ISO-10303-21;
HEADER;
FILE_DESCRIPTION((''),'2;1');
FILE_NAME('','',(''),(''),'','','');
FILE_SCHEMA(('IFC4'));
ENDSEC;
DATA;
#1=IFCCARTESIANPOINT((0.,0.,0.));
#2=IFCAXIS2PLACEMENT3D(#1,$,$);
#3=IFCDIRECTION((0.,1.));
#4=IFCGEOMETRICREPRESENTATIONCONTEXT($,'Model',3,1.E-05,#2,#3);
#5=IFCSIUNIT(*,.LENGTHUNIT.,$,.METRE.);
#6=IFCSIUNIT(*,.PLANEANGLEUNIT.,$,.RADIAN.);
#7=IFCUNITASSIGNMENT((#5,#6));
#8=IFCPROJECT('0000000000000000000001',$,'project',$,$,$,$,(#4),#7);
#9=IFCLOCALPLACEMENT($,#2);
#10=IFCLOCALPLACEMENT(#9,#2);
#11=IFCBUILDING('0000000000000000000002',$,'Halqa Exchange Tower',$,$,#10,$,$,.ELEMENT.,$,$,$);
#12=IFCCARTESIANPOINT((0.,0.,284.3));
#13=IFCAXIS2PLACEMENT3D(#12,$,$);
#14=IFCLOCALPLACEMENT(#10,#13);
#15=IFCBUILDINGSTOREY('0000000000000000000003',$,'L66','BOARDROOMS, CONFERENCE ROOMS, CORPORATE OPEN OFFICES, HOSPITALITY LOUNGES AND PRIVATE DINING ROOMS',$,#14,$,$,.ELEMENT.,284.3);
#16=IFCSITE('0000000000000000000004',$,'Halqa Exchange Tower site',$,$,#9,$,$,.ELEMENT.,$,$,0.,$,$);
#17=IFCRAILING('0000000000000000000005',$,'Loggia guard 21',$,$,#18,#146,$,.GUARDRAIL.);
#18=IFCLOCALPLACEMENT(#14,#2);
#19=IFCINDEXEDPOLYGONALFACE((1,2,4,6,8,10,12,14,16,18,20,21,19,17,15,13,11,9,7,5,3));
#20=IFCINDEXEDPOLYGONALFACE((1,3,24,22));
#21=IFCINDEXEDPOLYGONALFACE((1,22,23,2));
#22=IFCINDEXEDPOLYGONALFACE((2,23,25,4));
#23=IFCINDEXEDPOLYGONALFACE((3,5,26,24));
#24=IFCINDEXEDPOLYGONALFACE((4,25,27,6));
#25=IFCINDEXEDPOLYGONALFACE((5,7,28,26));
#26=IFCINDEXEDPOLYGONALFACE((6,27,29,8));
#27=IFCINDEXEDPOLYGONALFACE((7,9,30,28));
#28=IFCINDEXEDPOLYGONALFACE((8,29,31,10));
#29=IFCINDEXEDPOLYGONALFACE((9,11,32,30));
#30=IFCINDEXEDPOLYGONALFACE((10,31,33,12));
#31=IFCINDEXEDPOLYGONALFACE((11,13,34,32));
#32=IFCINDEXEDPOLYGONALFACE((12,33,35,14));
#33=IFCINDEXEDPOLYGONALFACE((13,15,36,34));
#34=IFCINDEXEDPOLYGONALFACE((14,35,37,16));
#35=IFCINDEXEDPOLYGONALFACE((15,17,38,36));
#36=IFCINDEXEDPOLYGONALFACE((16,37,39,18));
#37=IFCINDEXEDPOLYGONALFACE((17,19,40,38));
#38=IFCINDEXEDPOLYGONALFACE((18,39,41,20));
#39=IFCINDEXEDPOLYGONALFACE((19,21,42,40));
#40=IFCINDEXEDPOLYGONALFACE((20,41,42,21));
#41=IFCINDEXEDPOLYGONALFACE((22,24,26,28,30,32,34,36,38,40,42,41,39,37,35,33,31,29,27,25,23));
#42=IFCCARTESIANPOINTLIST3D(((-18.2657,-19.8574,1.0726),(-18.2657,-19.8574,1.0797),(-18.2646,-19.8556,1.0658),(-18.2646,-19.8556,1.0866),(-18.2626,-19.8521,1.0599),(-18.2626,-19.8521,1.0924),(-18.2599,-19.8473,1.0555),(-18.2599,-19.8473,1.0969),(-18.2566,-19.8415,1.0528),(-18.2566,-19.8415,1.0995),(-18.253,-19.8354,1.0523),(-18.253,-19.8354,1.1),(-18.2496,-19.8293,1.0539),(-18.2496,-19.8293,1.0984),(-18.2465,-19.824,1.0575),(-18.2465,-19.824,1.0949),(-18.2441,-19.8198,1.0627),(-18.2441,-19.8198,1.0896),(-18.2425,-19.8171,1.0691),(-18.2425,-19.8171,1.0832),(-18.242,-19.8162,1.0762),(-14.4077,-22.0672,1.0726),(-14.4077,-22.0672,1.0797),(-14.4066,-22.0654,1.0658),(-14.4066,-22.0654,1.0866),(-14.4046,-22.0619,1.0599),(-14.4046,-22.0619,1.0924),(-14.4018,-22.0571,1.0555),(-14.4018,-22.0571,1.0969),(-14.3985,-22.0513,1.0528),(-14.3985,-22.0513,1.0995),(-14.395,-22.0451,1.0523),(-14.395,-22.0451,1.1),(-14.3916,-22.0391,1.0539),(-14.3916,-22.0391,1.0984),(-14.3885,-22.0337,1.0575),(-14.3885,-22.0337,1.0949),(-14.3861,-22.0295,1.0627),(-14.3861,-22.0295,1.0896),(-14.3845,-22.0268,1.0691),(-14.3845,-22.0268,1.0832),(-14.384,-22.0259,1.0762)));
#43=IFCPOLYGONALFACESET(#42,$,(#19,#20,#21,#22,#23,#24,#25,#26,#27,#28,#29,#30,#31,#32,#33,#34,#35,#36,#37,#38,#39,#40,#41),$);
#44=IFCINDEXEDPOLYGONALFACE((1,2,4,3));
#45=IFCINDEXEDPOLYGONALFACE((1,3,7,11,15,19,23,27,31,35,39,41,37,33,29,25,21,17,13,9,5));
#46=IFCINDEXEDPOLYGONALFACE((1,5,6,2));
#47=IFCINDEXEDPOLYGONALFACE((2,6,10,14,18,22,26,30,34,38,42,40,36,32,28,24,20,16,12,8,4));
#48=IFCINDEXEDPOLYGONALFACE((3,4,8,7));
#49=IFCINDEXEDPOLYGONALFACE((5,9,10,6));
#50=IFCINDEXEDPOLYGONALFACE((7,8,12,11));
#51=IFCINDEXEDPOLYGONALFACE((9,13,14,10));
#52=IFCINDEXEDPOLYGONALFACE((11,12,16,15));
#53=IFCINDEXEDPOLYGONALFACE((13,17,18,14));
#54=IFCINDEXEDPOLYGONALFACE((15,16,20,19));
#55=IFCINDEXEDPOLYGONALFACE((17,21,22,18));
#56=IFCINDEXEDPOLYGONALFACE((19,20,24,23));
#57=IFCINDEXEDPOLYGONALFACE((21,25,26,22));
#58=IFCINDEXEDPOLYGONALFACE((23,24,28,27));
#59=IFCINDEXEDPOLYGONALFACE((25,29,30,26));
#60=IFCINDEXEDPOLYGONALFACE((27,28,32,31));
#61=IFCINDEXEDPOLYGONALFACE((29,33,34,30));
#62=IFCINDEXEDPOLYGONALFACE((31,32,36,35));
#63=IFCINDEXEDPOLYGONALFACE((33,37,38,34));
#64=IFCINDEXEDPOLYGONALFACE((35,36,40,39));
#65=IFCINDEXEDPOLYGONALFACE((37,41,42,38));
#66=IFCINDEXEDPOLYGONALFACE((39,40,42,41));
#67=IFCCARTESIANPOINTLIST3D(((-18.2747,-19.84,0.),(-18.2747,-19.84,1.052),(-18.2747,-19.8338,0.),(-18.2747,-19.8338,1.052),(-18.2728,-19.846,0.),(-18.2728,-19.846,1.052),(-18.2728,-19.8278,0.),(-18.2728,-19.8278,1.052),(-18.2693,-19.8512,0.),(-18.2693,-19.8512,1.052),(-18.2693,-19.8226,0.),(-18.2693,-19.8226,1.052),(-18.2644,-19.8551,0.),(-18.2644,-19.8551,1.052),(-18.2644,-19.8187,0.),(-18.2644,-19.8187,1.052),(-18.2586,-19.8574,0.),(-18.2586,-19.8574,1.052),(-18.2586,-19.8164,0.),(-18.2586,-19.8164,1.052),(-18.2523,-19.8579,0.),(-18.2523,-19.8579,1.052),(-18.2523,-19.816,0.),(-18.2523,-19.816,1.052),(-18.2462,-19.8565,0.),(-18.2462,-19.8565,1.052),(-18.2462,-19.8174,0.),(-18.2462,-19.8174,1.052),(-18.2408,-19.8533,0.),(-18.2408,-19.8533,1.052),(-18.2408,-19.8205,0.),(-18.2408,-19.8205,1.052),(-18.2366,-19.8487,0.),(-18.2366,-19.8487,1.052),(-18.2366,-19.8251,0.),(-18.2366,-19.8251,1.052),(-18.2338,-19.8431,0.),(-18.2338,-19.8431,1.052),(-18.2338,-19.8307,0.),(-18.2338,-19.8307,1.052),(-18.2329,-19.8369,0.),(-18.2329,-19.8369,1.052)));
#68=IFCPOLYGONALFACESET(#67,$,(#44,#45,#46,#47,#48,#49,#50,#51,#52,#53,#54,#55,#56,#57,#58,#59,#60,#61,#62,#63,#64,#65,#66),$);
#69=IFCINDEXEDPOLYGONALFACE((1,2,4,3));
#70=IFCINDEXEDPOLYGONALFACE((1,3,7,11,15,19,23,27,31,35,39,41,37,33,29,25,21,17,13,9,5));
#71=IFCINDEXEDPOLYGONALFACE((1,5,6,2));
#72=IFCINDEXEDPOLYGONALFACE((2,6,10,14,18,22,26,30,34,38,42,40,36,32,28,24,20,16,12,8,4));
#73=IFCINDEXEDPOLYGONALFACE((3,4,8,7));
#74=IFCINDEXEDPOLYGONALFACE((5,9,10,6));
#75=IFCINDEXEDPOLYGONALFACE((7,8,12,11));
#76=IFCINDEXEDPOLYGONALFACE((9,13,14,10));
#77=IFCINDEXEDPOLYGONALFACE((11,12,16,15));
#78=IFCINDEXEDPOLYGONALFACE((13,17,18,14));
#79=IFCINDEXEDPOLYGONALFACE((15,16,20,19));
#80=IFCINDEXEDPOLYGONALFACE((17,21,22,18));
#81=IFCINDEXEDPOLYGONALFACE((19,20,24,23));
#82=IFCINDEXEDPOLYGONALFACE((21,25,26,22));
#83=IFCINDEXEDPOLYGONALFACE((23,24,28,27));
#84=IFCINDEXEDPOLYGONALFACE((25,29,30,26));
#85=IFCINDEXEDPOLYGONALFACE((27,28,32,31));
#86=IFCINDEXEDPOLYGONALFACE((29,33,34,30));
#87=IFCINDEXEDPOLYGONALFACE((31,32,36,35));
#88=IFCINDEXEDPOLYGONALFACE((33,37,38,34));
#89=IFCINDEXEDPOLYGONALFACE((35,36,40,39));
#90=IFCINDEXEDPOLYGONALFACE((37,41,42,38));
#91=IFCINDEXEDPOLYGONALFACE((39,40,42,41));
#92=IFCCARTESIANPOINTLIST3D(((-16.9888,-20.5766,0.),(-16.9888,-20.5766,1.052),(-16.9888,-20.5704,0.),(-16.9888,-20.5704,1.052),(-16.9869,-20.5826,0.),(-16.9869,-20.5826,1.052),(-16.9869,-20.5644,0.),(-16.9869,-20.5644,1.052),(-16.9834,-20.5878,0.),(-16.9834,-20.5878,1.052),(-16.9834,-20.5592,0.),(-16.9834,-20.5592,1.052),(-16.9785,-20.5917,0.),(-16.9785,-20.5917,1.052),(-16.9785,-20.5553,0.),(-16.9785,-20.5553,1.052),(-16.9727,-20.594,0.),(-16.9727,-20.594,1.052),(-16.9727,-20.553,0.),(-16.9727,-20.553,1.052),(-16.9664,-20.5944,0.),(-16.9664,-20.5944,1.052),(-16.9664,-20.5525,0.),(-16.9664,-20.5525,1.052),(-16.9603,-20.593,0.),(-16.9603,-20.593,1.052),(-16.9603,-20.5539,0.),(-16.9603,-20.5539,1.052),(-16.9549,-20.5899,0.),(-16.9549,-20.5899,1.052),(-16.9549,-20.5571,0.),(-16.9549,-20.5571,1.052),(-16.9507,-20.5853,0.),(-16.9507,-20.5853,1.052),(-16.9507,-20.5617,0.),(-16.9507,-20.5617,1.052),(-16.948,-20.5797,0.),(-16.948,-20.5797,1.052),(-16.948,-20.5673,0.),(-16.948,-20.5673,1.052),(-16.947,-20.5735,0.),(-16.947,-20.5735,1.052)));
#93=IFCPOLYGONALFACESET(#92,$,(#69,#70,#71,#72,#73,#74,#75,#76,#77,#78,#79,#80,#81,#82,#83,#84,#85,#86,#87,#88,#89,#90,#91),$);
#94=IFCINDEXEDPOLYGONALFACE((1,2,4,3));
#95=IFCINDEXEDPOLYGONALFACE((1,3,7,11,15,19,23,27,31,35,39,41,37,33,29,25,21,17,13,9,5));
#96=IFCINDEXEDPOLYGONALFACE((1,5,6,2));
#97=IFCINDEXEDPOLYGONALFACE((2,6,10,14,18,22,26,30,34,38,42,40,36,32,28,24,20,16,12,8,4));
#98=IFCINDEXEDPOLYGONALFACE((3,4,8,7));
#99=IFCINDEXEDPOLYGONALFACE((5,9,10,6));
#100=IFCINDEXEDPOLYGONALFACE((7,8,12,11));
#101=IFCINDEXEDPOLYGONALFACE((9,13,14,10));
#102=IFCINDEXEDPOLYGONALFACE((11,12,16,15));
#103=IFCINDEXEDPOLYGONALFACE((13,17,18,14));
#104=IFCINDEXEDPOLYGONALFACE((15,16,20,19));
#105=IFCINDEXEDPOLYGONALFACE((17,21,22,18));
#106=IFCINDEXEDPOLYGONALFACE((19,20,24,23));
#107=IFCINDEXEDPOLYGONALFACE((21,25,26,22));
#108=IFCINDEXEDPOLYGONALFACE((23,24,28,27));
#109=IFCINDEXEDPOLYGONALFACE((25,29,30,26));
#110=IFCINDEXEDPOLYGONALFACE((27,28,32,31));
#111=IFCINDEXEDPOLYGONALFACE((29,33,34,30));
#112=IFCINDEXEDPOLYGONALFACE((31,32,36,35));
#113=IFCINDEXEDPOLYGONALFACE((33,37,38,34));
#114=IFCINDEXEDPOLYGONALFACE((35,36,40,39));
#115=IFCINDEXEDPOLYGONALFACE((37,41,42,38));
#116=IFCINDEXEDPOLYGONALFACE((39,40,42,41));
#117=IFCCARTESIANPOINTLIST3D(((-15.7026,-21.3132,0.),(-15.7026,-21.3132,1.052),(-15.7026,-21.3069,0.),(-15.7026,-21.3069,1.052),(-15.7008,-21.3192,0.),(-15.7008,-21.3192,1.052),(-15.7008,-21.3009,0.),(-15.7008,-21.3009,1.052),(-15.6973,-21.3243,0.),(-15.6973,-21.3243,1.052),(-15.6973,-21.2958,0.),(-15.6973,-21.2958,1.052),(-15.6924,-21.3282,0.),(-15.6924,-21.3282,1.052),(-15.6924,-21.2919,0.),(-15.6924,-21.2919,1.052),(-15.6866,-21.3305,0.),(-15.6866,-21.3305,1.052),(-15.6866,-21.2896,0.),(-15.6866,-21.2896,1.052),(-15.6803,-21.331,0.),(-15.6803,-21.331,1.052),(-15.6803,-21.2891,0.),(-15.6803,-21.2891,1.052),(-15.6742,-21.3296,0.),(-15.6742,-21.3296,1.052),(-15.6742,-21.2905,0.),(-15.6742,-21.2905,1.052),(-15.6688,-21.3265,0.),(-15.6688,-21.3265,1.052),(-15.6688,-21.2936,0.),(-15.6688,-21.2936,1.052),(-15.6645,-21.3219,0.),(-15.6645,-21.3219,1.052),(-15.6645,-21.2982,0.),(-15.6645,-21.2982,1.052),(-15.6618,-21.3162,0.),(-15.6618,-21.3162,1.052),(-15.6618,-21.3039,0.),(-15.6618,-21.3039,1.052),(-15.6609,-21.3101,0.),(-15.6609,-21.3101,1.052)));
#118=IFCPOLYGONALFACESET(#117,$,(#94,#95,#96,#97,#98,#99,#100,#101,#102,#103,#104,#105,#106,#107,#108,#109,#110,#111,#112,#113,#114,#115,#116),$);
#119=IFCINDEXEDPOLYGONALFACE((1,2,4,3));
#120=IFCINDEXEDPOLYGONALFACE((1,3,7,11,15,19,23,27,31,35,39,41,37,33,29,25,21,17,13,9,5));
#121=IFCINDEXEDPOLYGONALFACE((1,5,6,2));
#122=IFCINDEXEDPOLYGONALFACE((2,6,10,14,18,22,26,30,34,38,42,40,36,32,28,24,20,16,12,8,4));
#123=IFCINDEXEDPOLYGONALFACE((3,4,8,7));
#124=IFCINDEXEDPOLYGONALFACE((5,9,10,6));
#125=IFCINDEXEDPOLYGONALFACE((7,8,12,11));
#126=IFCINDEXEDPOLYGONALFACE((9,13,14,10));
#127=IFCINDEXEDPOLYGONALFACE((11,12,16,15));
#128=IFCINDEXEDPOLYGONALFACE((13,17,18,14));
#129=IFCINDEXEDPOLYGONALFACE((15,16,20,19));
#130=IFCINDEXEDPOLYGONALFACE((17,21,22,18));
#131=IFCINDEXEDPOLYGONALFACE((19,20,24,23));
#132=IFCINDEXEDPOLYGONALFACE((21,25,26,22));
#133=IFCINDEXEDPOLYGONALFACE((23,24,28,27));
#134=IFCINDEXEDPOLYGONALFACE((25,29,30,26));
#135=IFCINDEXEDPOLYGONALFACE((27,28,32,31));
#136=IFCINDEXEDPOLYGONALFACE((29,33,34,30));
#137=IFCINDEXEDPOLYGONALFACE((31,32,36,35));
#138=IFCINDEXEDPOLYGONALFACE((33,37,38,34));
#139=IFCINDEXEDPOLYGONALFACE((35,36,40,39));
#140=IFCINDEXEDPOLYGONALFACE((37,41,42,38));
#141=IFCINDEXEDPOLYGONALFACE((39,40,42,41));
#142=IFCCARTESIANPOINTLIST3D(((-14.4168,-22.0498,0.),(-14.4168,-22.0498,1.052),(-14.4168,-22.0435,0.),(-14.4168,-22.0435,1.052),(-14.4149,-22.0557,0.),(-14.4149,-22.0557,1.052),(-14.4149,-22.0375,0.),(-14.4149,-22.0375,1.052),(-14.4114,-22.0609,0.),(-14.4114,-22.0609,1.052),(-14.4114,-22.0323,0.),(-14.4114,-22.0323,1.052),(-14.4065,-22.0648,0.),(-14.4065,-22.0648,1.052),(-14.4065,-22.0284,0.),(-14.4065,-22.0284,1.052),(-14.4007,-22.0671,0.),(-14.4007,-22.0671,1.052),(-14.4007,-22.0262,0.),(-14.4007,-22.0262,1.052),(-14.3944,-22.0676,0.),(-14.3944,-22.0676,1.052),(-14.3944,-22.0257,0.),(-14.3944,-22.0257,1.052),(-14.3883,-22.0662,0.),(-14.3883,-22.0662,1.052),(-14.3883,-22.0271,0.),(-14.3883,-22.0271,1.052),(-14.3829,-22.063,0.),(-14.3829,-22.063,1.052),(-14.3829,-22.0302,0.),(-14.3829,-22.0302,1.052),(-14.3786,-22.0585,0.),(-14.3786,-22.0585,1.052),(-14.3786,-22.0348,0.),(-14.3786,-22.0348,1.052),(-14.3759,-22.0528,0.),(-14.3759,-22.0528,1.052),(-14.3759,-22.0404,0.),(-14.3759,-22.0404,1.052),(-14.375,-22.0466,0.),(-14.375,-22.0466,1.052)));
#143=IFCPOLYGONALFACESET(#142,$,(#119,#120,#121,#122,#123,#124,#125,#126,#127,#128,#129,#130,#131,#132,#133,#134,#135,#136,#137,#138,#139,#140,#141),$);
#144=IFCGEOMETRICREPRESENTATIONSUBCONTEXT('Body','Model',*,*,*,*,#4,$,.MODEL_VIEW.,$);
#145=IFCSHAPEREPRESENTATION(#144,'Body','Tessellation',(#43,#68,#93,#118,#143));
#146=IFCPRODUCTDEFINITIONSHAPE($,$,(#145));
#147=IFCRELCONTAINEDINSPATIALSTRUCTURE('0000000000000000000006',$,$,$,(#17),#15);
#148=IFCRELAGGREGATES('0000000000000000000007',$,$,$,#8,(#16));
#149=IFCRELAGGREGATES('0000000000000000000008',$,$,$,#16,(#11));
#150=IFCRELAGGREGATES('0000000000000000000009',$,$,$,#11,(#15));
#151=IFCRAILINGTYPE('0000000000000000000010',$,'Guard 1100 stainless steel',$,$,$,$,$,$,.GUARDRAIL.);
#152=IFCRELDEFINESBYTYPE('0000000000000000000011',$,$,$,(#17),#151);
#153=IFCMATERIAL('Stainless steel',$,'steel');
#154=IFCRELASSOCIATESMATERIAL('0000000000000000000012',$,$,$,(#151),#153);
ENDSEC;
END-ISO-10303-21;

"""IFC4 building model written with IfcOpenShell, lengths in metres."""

from ifc_helpers import new_model, si_unit, direction, frame, origin, origin_2d, place, context, subcontext, project, spatial, circle, extrude, material, type_object, element, save


model = new_model("IFC4")

# Units and contexts
model_context = context("Model", 3, precision=1e-05, world=origin(), true_north=direction((0.0, 1.0)))
body_context = subcontext(model_context, "Body", "Model", "MODEL_VIEW")
ifc_project = project(units=[si_unit("LENGTHUNIT", "METRE"), si_unit("PLANEANGLEUNIT", "RADIAN")], contexts=[model_context])

# Site, building, storey
site_placement = place(None, origin())
site = spatial("IfcSite", under=ifc_project, at=site_placement, Name="Halqa Exchange Tower site", CompositionType="ELEMENT", RefElevation=0.0)
building_placement = place(site_placement, origin())
building = spatial("IfcBuilding", under=site, at=building_placement, Name="Halqa Exchange Tower", CompositionType="ELEMENT")
storey_placement = place(building_placement, frame((0.0, 0.0, 284.3)))
storey = spatial("IfcBuildingStorey", under=building, at=storey_placement, Name="L66", Description="BOARDROOMS, CONFERENCE ROOMS, CORPORATE OPEN OFFICES, HOSPITALITY LOUNGES AND PRIVATE DINING ROOMS", CompositionType="ELEMENT", Elevation=284.3)

# Railing
ifc_material_1 = material(Name="Stainless steel", Category="steel")
railing_type = type_object("IfcRailingType", Name="Guard 1100 stainless steel", PredefinedType="GUARDRAIL", material=ifc_material_1)
railing_1_placement = place(storey_placement, frame((-18.2539, -19.8369, 0.0)))
element("IfcRailing", 1, at=railing_1_placement, inside=storey, type_object=railing_type, Name="Loggia guard 21", PredefinedType="GUARDRAIL", context=body_context, shape_type="SweptSolid", body=[
    extrude(circle(Radius=0.0239, at=origin_2d()), frame((0.0, 0.0, 1.0762), z_axis=(0.867739, -0.49702, 0.0), x_axis=(0.49702, 0.867739, 0.0)), (0.0, 0.0, 1.0), 4.446),
    extrude(circle(Radius=0.021, at=origin_2d()), origin(), (0.0, 0.0, 1.0), 1.052),
    extrude(circle(Radius=0.021, at=origin_2d()), frame((1.2859, -0.7366, 0.0)), (0.0, 0.0, 1.0), 1.052),
    extrude(circle(Radius=0.021, at=origin_2d()), frame((2.572, -1.4731, 0.0)), (0.0, 0.0, 1.0), 1.052),
    extrude(circle(Radius=0.021, at=origin_2d()), frame((3.8579, -2.2097, 0.0)), (0.0, 0.0, 1.0), 1.052),
])

save(model, "model.ifc")
